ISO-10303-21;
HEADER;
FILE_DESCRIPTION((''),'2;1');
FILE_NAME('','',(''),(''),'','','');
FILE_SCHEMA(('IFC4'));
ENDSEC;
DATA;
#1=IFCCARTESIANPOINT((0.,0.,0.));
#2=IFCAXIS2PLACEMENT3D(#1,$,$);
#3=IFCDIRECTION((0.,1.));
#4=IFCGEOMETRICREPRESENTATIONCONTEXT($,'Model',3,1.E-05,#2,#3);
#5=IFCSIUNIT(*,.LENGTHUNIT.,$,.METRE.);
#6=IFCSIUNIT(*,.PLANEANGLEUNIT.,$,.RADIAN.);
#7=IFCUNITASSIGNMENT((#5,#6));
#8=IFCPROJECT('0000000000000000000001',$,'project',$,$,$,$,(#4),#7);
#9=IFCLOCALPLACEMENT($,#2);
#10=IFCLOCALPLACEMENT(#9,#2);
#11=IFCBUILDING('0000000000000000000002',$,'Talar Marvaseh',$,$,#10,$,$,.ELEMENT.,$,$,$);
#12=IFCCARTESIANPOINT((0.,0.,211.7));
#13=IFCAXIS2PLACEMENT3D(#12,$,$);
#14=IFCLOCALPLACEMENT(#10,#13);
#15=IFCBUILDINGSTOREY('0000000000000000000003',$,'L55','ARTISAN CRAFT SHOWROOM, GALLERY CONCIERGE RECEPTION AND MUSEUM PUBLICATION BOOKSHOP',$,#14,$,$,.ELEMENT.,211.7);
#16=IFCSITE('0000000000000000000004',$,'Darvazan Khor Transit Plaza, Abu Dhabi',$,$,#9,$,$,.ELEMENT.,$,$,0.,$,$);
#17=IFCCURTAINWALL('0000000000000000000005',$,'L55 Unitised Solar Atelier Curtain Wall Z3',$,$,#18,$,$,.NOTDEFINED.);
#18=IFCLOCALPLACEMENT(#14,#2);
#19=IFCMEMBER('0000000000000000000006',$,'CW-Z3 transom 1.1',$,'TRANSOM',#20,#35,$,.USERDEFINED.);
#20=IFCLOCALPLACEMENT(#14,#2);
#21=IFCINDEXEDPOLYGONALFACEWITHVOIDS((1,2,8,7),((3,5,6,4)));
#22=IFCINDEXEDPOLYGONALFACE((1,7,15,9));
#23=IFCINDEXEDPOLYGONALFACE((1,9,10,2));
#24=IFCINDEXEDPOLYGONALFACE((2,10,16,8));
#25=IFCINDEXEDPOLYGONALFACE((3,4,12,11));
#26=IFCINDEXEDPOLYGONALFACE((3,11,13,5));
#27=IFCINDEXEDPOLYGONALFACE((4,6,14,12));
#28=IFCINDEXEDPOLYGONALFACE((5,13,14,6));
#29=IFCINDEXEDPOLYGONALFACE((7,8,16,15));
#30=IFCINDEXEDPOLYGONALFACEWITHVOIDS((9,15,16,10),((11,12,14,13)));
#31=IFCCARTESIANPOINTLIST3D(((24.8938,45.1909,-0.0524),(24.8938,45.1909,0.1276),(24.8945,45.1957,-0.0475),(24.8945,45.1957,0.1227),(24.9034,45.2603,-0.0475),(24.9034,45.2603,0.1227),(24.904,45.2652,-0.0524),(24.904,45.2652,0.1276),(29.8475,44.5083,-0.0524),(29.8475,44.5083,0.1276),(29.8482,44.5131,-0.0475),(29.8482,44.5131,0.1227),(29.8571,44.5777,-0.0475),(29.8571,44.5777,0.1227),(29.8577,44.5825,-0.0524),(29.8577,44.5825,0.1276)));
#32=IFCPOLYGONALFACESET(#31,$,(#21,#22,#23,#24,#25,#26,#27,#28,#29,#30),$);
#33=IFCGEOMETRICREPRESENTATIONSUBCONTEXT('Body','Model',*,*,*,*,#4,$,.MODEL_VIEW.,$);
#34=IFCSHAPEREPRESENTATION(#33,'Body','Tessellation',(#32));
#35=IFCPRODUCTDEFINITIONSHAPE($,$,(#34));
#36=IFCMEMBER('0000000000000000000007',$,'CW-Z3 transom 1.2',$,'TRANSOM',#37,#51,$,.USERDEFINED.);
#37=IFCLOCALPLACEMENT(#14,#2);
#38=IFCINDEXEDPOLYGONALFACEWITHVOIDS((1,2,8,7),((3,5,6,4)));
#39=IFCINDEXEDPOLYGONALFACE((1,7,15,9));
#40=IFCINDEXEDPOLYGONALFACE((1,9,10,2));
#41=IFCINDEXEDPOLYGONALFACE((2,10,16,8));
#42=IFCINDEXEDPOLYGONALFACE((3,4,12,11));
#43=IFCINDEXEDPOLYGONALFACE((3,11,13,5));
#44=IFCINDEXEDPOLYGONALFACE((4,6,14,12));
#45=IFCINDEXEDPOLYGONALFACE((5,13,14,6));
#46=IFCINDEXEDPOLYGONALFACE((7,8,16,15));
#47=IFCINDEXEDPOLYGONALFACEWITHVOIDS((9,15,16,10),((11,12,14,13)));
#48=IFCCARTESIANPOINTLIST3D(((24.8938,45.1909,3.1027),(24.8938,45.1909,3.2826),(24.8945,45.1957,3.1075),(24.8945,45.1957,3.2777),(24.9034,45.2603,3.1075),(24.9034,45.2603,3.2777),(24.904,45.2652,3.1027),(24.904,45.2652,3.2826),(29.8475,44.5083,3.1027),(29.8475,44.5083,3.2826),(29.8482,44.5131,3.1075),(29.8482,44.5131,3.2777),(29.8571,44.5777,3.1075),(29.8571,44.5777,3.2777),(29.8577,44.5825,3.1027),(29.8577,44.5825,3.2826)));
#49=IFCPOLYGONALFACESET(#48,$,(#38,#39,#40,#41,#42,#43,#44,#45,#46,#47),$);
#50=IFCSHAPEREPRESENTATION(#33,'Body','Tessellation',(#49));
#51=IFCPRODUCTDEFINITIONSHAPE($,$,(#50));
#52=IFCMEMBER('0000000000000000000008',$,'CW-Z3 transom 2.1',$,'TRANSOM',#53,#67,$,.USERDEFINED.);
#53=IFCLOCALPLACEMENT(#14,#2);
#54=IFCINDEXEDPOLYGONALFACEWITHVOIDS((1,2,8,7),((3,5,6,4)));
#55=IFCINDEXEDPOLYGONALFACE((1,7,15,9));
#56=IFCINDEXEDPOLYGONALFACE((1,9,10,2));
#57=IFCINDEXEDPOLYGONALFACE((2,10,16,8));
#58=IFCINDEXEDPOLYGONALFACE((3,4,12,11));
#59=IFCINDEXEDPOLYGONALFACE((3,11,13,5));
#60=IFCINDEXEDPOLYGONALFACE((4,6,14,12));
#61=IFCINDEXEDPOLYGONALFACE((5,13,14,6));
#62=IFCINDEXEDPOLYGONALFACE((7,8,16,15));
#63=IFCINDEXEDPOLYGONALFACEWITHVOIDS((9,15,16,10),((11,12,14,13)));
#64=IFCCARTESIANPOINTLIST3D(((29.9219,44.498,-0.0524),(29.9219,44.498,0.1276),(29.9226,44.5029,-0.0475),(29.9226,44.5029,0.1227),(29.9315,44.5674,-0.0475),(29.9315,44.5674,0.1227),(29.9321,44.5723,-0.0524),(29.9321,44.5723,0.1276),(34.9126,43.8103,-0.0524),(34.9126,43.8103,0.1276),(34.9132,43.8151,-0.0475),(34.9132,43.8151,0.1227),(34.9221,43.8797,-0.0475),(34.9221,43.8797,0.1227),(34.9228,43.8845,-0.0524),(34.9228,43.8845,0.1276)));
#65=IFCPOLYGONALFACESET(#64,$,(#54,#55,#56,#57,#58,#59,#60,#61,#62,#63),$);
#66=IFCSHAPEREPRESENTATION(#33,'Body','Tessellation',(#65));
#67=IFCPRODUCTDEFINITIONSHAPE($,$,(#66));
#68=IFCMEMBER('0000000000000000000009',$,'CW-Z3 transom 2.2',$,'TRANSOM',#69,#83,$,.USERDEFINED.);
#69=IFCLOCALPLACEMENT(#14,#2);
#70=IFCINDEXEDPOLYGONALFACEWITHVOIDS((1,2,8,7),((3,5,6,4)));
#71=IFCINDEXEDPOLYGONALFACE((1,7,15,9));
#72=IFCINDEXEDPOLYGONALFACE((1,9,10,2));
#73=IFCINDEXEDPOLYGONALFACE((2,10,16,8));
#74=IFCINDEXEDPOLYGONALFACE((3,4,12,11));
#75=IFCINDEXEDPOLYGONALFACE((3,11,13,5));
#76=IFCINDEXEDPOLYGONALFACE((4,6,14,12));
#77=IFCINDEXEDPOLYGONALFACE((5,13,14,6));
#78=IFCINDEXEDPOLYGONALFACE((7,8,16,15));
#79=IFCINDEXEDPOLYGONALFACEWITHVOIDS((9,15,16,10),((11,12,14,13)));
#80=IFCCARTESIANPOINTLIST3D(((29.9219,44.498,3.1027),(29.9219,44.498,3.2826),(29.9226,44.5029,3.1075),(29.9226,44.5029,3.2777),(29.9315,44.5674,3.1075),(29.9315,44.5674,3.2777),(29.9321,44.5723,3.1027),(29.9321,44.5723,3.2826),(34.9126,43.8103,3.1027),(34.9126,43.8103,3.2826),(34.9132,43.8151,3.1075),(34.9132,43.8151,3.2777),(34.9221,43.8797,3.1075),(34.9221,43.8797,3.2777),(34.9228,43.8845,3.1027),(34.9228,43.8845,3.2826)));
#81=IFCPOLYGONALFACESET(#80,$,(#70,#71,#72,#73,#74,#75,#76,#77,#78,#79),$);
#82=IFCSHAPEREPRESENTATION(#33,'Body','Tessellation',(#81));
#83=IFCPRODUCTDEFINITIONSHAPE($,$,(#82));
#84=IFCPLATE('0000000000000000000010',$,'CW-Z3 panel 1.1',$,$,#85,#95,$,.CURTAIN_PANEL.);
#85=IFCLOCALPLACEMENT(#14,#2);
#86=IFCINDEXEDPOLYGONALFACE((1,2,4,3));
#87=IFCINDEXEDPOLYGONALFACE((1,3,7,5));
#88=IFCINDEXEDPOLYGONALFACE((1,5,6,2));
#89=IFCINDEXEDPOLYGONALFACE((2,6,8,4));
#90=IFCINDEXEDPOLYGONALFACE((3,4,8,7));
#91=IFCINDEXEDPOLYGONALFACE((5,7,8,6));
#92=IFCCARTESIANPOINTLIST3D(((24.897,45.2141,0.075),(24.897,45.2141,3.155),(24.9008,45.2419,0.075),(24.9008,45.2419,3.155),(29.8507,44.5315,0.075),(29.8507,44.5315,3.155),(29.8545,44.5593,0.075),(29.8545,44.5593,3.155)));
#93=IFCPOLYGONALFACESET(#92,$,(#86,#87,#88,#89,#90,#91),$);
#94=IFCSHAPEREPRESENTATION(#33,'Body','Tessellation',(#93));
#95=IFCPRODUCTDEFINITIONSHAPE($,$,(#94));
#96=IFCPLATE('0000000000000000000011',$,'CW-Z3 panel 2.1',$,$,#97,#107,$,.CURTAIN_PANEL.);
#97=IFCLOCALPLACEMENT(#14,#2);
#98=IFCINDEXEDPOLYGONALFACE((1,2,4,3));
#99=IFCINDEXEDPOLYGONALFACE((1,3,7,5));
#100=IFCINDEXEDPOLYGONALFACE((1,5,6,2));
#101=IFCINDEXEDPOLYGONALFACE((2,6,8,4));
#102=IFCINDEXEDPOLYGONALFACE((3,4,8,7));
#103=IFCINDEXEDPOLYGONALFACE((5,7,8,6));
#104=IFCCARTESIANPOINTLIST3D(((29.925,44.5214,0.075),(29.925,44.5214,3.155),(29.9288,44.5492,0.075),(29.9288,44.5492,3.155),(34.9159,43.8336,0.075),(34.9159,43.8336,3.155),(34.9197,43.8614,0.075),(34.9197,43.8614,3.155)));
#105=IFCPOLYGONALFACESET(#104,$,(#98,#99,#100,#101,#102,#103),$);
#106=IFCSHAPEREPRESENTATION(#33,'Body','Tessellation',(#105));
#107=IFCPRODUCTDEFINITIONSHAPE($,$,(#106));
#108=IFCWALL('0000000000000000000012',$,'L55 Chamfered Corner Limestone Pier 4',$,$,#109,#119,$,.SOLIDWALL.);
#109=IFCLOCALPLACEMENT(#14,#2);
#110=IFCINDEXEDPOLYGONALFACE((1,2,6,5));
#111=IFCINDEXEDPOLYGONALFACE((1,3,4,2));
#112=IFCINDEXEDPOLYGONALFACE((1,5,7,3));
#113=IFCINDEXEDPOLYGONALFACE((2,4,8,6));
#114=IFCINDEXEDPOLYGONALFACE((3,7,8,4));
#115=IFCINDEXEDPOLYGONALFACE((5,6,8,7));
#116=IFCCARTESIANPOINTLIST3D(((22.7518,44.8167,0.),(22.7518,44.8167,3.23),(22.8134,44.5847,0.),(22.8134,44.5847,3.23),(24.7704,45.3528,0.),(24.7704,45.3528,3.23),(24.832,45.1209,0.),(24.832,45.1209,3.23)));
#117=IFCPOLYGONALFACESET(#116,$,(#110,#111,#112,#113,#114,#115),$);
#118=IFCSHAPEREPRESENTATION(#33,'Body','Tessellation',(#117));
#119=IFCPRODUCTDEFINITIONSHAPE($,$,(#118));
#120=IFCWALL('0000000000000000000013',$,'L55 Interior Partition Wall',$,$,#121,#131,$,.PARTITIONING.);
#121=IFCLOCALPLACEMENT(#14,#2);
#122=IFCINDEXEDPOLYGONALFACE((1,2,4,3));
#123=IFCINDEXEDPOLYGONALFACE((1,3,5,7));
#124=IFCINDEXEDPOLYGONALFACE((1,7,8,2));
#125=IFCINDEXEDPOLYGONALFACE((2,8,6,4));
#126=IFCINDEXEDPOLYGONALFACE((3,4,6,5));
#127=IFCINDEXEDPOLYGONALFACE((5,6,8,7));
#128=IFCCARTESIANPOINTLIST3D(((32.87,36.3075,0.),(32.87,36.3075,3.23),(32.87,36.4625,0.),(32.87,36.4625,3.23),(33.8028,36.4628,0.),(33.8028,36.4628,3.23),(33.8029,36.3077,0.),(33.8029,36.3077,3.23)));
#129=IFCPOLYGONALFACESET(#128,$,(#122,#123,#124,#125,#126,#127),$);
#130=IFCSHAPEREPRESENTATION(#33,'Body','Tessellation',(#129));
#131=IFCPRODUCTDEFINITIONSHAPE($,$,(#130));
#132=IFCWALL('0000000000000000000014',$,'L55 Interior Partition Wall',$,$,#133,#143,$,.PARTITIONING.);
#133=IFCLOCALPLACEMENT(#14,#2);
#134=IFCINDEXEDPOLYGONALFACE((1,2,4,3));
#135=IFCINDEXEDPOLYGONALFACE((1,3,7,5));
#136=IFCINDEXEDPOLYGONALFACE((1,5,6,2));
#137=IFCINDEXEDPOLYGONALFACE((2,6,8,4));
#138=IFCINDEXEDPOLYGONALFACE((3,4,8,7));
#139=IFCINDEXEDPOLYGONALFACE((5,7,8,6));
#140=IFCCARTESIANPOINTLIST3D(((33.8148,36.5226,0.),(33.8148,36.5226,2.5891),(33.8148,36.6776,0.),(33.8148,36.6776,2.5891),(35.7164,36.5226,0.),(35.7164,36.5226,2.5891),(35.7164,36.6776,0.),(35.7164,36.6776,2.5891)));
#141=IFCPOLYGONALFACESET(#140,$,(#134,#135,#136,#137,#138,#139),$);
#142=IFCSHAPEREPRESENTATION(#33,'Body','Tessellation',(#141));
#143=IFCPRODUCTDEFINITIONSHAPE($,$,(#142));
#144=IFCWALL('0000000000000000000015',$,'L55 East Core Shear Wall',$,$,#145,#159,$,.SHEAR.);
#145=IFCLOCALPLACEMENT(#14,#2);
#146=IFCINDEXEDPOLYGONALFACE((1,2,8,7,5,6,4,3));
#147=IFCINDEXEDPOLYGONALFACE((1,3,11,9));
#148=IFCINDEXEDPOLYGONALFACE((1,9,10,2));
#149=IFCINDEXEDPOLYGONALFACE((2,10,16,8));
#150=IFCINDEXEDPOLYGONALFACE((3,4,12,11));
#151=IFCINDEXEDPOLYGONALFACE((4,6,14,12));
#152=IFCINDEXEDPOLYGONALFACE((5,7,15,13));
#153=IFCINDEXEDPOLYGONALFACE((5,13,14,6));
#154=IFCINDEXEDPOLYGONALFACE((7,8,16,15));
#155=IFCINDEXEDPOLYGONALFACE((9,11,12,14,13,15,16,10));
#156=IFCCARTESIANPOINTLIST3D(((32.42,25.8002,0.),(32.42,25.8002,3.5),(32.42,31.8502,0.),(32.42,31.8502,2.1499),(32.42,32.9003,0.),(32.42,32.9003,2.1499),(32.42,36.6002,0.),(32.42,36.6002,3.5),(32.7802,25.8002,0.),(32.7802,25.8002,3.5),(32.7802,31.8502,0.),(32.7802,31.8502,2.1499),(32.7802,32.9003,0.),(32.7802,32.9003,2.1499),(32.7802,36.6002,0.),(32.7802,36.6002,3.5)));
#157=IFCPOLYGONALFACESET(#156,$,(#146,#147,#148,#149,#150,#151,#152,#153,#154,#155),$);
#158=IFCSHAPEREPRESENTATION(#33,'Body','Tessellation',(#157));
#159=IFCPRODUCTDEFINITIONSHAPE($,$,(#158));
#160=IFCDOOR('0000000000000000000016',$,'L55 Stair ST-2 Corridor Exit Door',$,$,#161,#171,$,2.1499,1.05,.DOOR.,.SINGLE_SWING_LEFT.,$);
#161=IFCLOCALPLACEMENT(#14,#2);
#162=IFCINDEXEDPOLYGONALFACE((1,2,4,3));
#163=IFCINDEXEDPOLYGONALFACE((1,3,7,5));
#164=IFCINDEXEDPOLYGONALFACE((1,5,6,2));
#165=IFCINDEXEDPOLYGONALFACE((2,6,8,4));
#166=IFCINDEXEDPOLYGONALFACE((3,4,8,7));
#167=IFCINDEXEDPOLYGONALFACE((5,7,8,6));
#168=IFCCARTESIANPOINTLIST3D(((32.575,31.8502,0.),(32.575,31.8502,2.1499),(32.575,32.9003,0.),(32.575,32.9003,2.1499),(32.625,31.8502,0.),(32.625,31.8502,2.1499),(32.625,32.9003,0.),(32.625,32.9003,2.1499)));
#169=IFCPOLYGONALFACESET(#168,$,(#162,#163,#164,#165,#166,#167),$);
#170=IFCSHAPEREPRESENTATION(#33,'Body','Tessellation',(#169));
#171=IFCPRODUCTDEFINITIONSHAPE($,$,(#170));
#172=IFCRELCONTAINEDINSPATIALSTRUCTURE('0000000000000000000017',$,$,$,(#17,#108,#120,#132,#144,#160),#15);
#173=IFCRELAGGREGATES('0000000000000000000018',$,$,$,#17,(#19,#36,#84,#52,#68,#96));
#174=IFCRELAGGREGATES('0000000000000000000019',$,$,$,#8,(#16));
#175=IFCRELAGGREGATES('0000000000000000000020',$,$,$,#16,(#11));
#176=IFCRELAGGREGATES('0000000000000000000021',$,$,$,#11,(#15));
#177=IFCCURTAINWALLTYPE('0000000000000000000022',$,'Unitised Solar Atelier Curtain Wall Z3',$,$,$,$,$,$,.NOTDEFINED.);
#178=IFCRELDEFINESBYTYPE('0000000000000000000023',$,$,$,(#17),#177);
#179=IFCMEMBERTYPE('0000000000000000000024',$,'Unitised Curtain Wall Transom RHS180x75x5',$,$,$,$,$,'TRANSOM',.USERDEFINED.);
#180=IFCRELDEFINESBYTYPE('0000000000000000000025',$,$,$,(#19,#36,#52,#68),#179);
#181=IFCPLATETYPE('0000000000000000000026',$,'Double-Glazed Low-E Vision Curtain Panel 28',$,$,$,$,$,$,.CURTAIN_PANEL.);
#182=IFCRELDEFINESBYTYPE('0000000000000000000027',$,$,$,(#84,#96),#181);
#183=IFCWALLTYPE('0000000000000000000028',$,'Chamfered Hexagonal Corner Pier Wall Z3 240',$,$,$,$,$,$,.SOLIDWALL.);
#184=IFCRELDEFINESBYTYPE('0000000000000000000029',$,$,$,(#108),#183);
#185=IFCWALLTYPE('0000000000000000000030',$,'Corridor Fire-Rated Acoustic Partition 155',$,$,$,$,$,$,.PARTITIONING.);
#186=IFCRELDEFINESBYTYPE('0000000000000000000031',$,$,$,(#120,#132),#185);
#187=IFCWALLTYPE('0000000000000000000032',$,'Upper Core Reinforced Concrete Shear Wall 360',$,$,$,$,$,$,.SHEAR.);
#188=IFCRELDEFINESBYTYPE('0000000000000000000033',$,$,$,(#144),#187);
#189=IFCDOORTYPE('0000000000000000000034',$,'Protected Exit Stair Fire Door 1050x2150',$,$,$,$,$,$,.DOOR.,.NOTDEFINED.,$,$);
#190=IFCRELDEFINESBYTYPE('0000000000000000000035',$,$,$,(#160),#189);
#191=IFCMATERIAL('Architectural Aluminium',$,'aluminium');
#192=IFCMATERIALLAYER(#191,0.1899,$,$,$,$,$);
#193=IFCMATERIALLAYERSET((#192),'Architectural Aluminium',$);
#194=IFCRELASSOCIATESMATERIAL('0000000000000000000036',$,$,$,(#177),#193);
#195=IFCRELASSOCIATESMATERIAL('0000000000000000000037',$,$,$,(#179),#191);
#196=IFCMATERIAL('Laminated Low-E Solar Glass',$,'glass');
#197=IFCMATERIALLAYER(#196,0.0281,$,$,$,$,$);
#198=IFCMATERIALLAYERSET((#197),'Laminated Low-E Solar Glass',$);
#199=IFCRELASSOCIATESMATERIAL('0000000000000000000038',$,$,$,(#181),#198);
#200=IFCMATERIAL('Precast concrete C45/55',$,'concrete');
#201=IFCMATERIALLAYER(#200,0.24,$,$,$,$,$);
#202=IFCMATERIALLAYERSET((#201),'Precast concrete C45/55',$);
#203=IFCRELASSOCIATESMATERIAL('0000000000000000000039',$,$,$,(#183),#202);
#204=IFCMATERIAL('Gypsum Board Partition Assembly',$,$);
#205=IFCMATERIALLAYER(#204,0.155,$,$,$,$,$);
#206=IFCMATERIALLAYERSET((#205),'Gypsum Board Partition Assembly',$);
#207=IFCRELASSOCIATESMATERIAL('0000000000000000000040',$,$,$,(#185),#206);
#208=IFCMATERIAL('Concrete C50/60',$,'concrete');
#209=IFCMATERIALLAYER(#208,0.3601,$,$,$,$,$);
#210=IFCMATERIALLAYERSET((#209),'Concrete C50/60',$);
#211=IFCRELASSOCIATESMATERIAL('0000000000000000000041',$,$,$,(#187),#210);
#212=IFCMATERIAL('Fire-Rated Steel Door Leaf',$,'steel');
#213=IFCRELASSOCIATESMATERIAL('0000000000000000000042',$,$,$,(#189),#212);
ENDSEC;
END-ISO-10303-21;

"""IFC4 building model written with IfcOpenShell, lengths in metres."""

from ifc_helpers import new_model, si_unit, direction, frame, frame_2d, origin, origin_2d, place, context, subcontext, project, spatial, rectangle, hollow_rectangle, extrude, source, transform, mapped, material, layer, layer_set, material_profile, profile_set, type_object, type_shapes, element, fill, aggregate, save


model = new_model("IFC4")

# Units and contexts
model_context = context("Model", 3, precision=1e-05, world=origin(), true_north=direction((0.0, 1.0)))
body_context = subcontext(model_context, "Body", "Model", "MODEL_VIEW")
ifc_project = project(units=[si_unit("LENGTHUNIT", "METRE"), si_unit("PLANEANGLEUNIT", "RADIAN")], contexts=[model_context])

# Site, building, storey
site_placement = place(None, origin())
site = spatial("IfcSite", under=ifc_project, at=site_placement, Name="Darvazan Khor Transit Plaza, Abu Dhabi", CompositionType="ELEMENT", RefElevation=0.0)
building_placement = place(site_placement, origin())
building = spatial("IfcBuilding", under=site, at=building_placement, Name="Talar Marvaseh", CompositionType="ELEMENT")
storey_placement = place(building_placement, frame((0.0, 0.0, 211.7)))
storey = spatial("IfcBuildingStorey", under=building, at=storey_placement, Name="L55", Description="ARTISAN CRAFT SHOWROOM, GALLERY CONCIERGE RECEPTION AND MUSEUM PUBLICATION BOOKSHOP", CompositionType="ELEMENT", Elevation=211.7)

# Shared definitions
ifc_material_1 = material(Name="Architectural Aluminium", Category="aluminium")
ifc_layer_1 = layer(ifc_material_1, 0.1899)
ifc_layer_set_1 = layer_set([ifc_layer_1], Name="Architectural Aluminium")
curtain_wall_type = type_object("IfcCurtainWallType", Name="Unitised Solar Atelier Curtain Wall Z3", PredefinedType="NOTDEFINED", material=ifc_layer_set_1)

# Curtain wall, members, plates
curtain_wall_1_placement = place(storey_placement, origin())
curtain_wall_1 = element("IfcCurtainWall", 1, at=curtain_wall_1_placement, inside=storey, type_object=curtain_wall_type, Name="L55 Unitised Solar Atelier Curtain Wall Z3", PredefinedType="NOTDEFINED")
ifc_material_profile_1 = material_profile(ifc_material_1, hollow_rectangle(XDim=0.075, YDim=0.1799, WallThickness=0.0049, at=origin_2d()), Name="RHS180x75x5")
ifc_profile_set_1 = profile_set([ifc_material_profile_1], Name="Architectural Aluminium")
member_type_1 = type_object("IfcMemberType", Name="Unitised Curtain Wall Transom RHS180x75x5", ElementType="TRANSOM", PredefinedType="USERDEFINED", material=ifc_profile_set_1)
shared_shape_1 = source(origin(), body_context, "Body", "SweptSolid", [
    extrude(hollow_rectangle(XDim=0.075, YDim=0.1799, WallThickness=0.0049, at=origin_2d()), origin(), (0.0, 0.0, 1.0), 5.0005),
])
member_1_placement = place(storey_placement, frame((24.8989, 45.228, 0.0376), z_axis=(0.990638, -0.136512, 0.0), x_axis=(0.136512, 0.990638, 0.0)))
member_1 = element("IfcMember", 2, at=member_1_placement, type_object=member_type_1, Name="CW-Z3 transom 1.1", ObjectType="TRANSOM", PredefinedType="USERDEFINED", context=body_context, shape_type="MappedRepresentation", body=[
    mapped(shared_shape_1, transform((0.0, 0.0, 0.0), x_axis=(1.0, 0.0, 0.0), y_axis=(0.0, 1.0, 0.0), z_axis=(0.0, 0.0, 1.0), scale=1.0)),
])
member_2_placement = place(storey_placement, frame((24.8989, 45.228, 3.1926), z_axis=(0.990638, -0.136512, 0.0), x_axis=(0.136512, 0.990638, 0.0)))
member_2 = element("IfcMember", 3, at=member_2_placement, type_object=member_type_1, Name="CW-Z3 transom 1.2", ObjectType="TRANSOM", PredefinedType="USERDEFINED", context=body_context, shape_type="MappedRepresentation", body=[
    mapped(shared_shape_1, transform((0.0, 0.0, 0.0), x_axis=(1.0, 0.0, 0.0), y_axis=(0.0, 1.0, 0.0), z_axis=(0.0, 0.0, 1.0), scale=1.0)),
])
shared_shape_2 = source(origin(), body_context, "Body", "SweptSolid", [
    extrude(hollow_rectangle(XDim=0.075, YDim=0.1799, WallThickness=0.0049, at=origin_2d()), origin(), (0.0, 0.0, 1.0), 5.0378),
])
type_shapes(member_type_1, [shared_shape_1, shared_shape_2])
member_3_placement = place(storey_placement, frame((29.927, 44.5352, 0.0376), z_axis=(0.990638, -0.136514, 0.0), x_axis=(0.136514, 0.990638, 0.0)))
member_3 = element("IfcMember", 4, at=member_3_placement, type_object=member_type_1, Name="CW-Z3 transom 2.1", ObjectType="TRANSOM", PredefinedType="USERDEFINED", context=body_context, shape_type="MappedRepresentation", body=[
    mapped(shared_shape_2, transform((0.0, 0.0, 0.0), x_axis=(1.0, 0.0, 0.0), y_axis=(0.0, 1.0, 0.0), z_axis=(0.0, 0.0, 1.0), scale=1.0)),
])
member_4_placement = place(storey_placement, frame((29.927, 44.5352, 3.1926), z_axis=(0.990638, -0.136514, 0.0), x_axis=(0.136514, 0.990638, 0.0)))
member_4 = element("IfcMember", 5, at=member_4_placement, type_object=member_type_1, Name="CW-Z3 transom 2.2", ObjectType="TRANSOM", PredefinedType="USERDEFINED", context=body_context, shape_type="MappedRepresentation", body=[
    mapped(shared_shape_2, transform((0.0, 0.0, 0.0), x_axis=(1.0, 0.0, 0.0), y_axis=(0.0, 1.0, 0.0), z_axis=(0.0, 0.0, 1.0), scale=1.0)),
])
ifc_material_2 = material(Name="Laminated Low-E Solar Glass", Category="glass")
ifc_layer_2 = layer(ifc_material_2, 0.0281)
ifc_layer_set_2 = layer_set([ifc_layer_2], Name="Laminated Low-E Solar Glass")
plate_type = type_object("IfcPlateType", Name="Double-Glazed Low-E Vision Curtain Panel 28", PredefinedType="CURTAIN_PANEL", material=ifc_layer_set_2)
shared_shape_3 = source(origin(), body_context, "Body", "SweptSolid", [
    extrude(rectangle(XDim=5.0005, YDim=0.0281, at=origin_2d()), origin(), (0.0, 0.0, 1.0), 3.0801),
])
plate_1_placement = place(storey_placement, frame((27.3757, 44.8867, 0.075), z_axis=(0.0, 0.0, 1.0), x_axis=(0.990638, -0.136515, 0.0)))
plate_1 = element("IfcPlate", 6, at=plate_1_placement, type_object=plate_type, Name="CW-Z3 panel 1.1", PredefinedType="CURTAIN_PANEL", context=body_context, shape_type="MappedRepresentation", body=[
    mapped(shared_shape_3, transform((0.0, 0.0, 0.0), x_axis=(1.0, 0.0, 0.0), y_axis=(0.0, 1.0, 0.0), z_axis=(0.0, 0.0, 1.0), scale=1.0)),
])
shared_shape_4 = source(origin(), body_context, "Body", "SweptSolid", [
    extrude(rectangle(XDim=5.0381, YDim=0.0281, at=origin_2d()), origin(), (0.0, 0.0, 1.0), 3.0801),
])
type_shapes(plate_type, [shared_shape_3, shared_shape_4])
plate_2_placement = place(storey_placement, frame((32.4224, 44.1914, 0.075), z_axis=(0.0, 0.0, 1.0), x_axis=(0.990638, -0.136515, 0.0)))
plate_2 = element("IfcPlate", 7, at=plate_2_placement, type_object=plate_type, Name="CW-Z3 panel 2.1", PredefinedType="CURTAIN_PANEL", context=body_context, shape_type="MappedRepresentation", body=[
    mapped(shared_shape_4, transform((0.0, 0.0, 0.0), x_axis=(1.0, 0.0, 0.0), y_axis=(0.0, 1.0, 0.0), z_axis=(0.0, 0.0, 1.0), scale=1.0)),
])
aggregate(curtain_wall_1, [member_1, member_2, plate_1, member_3, member_4, plate_2])

# Walls
ifc_material_3 = material(Name="Precast concrete C45/55", Category="concrete")
ifc_layer_3 = layer(ifc_material_3, 0.24)
ifc_layer_set_3 = layer_set([ifc_layer_3], Name="Precast concrete C45/55")
wall_type_1 = type_object("IfcWallType", Name="Chamfered Hexagonal Corner Pier Wall Z3 240", PredefinedType="SOLIDWALL", material=ifc_layer_set_3)
wall_1_placement = place(storey_placement, frame((22.7825, 44.7007, 0.0), z_axis=(0.0, 0.0, 1.0), x_axis=(0.966491, 0.256702, 0.0)))
element("IfcWall", 8, at=wall_1_placement, inside=storey, type_object=wall_type_1, Name="L55 Chamfered Corner Limestone Pier 4", PredefinedType="SOLIDWALL", context=body_context, shape_type="SweptSolid", body=[
    extrude(rectangle(XDim=2.0886, YDim=0.24, at=frame_2d((1.0444, 0.0))), origin(), (0.0, 0.0, 1.0), 3.23),
])
ifc_material_4 = material(Name="Gypsum Board Partition Assembly")
ifc_layer_4 = layer(ifc_material_4, 0.155)
ifc_layer_set_4 = layer_set([ifc_layer_4], Name="Gypsum Board Partition Assembly")
wall_type_2 = type_object("IfcWallType", Name="Corridor Fire-Rated Acoustic Partition 155", PredefinedType="PARTITIONING", material=ifc_layer_set_4)
wall_2_placement = place(storey_placement, frame((32.8701, 36.385, 0.0), z_axis=(0.0, 0.0, 1.0), x_axis=(1.0, 0.000262, 0.0)))
element("IfcWall", 9, at=wall_2_placement, inside=storey, type_object=wall_type_2, Name="L55 Interior Partition Wall", PredefinedType="PARTITIONING", context=body_context, shape_type="SweptSolid", body=[
    extrude(rectangle(XDim=0.9329, YDim=0.155, at=frame_2d((0.4663, 0.0))), origin(), (0.0, 0.0, 1.0), 3.23),
])
wall_3_placement = place(storey_placement, frame((33.8149, 36.6001, 0.0), z_axis=(0.0, 0.0, 1.0), x_axis=(1.0, 0.0, 0.0)))
element("IfcWall", 10, at=wall_3_placement, inside=storey, type_object=wall_type_2, Name="L55 Interior Partition Wall", PredefinedType="PARTITIONING", context=body_context, shape_type="SweptSolid", body=[
    extrude(rectangle(XDim=1.9016, YDim=0.155, at=frame_2d((0.9507, 0.0))), origin(), (0.0, 0.0, 1.0), 2.5891),
])

# Wall, opening, door
ifc_material_5 = material(Name="Concrete C50/60", Category="concrete")
ifc_layer_5 = layer(ifc_material_5, 0.3601)
ifc_layer_set_5 = layer_set([ifc_layer_5], Name="Concrete C50/60")
wall_type_3 = type_object("IfcWallType", Name="Upper Core Reinforced Concrete Shear Wall 360", PredefinedType="SHEAR", material=ifc_layer_set_5)
wall_4_placement = place(storey_placement, frame((32.6001, 36.6001, 0.0), z_axis=(0.0, 0.0, 1.0), x_axis=(0.0, -1.0, 0.0)))
wall_4 = element("IfcWall", 11, at=wall_4_placement, inside=storey, type_object=wall_type_3, Name="L55 East Core Shear Wall", PredefinedType="SHEAR", context=body_context, shape_type="SweptSolid", body=[
    extrude(rectangle(XDim=10.8, YDim=0.3601, at=frame_2d((5.3999, 0.0))), origin(), (0.0, 0.0, 1.0), 3.5),
])
opening_placement = place(wall_4_placement, frame((3.7, 0.0, 0.0)))
opening = element("IfcOpeningElement", 12, at=opening_placement, cuts=wall_4, PredefinedType="OPENING", context=body_context, shape_type="SweptSolid", body=[
    extrude(rectangle(XDim=1.05, YDim=2.1499, at=frame_2d((0.5249, 1.075))), frame((0.0, 0.1899, 0.0), z_axis=(0.0, -1.0, 0.0), x_axis=(1.0, 0.0, 0.0)), (0.0, 0.0, 1.0), 0.3801),
])
ifc_material_6 = material(Name="Fire-Rated Steel Door Leaf", Category="steel")
door_type = type_object("IfcDoorType", Name="Protected Exit Stair Fire Door 1050x2150", OperationType="NOTDEFINED", PredefinedType="DOOR", material=ifc_material_6)
shared_shape_5 = source(origin(), body_context, "Body", "SweptSolid", [
    extrude(rectangle(XDim=1.05, YDim=2.1499, at=frame_2d((0.5249, 1.075))), frame((0.0, 0.0249, 0.0), z_axis=(0.0, -1.0, 0.0), x_axis=(1.0, 0.0, 0.0)), (0.0, 0.0, 1.0), 0.05),
])
type_shapes(door_type, [shared_shape_5])
door_placement = place(opening_placement, origin())
door = element("IfcDoor", 13, at=door_placement, inside=storey, type_object=door_type, Name="L55 Stair ST-2 Corridor Exit Door", OperationType="SINGLE_SWING_LEFT", OverallHeight=2.1499, OverallWidth=1.05, PredefinedType="DOOR", context=body_context, shape_type="MappedRepresentation", body=[
    mapped(shared_shape_5, transform((0.0, 0.0, 0.0), x_axis=(1.0, 0.0, 0.0), y_axis=(0.0, 1.0, 0.0), z_axis=(0.0, 0.0, 1.0), scale=1.0)),
])
fill(opening, door)

save(model, "model.ifc")
